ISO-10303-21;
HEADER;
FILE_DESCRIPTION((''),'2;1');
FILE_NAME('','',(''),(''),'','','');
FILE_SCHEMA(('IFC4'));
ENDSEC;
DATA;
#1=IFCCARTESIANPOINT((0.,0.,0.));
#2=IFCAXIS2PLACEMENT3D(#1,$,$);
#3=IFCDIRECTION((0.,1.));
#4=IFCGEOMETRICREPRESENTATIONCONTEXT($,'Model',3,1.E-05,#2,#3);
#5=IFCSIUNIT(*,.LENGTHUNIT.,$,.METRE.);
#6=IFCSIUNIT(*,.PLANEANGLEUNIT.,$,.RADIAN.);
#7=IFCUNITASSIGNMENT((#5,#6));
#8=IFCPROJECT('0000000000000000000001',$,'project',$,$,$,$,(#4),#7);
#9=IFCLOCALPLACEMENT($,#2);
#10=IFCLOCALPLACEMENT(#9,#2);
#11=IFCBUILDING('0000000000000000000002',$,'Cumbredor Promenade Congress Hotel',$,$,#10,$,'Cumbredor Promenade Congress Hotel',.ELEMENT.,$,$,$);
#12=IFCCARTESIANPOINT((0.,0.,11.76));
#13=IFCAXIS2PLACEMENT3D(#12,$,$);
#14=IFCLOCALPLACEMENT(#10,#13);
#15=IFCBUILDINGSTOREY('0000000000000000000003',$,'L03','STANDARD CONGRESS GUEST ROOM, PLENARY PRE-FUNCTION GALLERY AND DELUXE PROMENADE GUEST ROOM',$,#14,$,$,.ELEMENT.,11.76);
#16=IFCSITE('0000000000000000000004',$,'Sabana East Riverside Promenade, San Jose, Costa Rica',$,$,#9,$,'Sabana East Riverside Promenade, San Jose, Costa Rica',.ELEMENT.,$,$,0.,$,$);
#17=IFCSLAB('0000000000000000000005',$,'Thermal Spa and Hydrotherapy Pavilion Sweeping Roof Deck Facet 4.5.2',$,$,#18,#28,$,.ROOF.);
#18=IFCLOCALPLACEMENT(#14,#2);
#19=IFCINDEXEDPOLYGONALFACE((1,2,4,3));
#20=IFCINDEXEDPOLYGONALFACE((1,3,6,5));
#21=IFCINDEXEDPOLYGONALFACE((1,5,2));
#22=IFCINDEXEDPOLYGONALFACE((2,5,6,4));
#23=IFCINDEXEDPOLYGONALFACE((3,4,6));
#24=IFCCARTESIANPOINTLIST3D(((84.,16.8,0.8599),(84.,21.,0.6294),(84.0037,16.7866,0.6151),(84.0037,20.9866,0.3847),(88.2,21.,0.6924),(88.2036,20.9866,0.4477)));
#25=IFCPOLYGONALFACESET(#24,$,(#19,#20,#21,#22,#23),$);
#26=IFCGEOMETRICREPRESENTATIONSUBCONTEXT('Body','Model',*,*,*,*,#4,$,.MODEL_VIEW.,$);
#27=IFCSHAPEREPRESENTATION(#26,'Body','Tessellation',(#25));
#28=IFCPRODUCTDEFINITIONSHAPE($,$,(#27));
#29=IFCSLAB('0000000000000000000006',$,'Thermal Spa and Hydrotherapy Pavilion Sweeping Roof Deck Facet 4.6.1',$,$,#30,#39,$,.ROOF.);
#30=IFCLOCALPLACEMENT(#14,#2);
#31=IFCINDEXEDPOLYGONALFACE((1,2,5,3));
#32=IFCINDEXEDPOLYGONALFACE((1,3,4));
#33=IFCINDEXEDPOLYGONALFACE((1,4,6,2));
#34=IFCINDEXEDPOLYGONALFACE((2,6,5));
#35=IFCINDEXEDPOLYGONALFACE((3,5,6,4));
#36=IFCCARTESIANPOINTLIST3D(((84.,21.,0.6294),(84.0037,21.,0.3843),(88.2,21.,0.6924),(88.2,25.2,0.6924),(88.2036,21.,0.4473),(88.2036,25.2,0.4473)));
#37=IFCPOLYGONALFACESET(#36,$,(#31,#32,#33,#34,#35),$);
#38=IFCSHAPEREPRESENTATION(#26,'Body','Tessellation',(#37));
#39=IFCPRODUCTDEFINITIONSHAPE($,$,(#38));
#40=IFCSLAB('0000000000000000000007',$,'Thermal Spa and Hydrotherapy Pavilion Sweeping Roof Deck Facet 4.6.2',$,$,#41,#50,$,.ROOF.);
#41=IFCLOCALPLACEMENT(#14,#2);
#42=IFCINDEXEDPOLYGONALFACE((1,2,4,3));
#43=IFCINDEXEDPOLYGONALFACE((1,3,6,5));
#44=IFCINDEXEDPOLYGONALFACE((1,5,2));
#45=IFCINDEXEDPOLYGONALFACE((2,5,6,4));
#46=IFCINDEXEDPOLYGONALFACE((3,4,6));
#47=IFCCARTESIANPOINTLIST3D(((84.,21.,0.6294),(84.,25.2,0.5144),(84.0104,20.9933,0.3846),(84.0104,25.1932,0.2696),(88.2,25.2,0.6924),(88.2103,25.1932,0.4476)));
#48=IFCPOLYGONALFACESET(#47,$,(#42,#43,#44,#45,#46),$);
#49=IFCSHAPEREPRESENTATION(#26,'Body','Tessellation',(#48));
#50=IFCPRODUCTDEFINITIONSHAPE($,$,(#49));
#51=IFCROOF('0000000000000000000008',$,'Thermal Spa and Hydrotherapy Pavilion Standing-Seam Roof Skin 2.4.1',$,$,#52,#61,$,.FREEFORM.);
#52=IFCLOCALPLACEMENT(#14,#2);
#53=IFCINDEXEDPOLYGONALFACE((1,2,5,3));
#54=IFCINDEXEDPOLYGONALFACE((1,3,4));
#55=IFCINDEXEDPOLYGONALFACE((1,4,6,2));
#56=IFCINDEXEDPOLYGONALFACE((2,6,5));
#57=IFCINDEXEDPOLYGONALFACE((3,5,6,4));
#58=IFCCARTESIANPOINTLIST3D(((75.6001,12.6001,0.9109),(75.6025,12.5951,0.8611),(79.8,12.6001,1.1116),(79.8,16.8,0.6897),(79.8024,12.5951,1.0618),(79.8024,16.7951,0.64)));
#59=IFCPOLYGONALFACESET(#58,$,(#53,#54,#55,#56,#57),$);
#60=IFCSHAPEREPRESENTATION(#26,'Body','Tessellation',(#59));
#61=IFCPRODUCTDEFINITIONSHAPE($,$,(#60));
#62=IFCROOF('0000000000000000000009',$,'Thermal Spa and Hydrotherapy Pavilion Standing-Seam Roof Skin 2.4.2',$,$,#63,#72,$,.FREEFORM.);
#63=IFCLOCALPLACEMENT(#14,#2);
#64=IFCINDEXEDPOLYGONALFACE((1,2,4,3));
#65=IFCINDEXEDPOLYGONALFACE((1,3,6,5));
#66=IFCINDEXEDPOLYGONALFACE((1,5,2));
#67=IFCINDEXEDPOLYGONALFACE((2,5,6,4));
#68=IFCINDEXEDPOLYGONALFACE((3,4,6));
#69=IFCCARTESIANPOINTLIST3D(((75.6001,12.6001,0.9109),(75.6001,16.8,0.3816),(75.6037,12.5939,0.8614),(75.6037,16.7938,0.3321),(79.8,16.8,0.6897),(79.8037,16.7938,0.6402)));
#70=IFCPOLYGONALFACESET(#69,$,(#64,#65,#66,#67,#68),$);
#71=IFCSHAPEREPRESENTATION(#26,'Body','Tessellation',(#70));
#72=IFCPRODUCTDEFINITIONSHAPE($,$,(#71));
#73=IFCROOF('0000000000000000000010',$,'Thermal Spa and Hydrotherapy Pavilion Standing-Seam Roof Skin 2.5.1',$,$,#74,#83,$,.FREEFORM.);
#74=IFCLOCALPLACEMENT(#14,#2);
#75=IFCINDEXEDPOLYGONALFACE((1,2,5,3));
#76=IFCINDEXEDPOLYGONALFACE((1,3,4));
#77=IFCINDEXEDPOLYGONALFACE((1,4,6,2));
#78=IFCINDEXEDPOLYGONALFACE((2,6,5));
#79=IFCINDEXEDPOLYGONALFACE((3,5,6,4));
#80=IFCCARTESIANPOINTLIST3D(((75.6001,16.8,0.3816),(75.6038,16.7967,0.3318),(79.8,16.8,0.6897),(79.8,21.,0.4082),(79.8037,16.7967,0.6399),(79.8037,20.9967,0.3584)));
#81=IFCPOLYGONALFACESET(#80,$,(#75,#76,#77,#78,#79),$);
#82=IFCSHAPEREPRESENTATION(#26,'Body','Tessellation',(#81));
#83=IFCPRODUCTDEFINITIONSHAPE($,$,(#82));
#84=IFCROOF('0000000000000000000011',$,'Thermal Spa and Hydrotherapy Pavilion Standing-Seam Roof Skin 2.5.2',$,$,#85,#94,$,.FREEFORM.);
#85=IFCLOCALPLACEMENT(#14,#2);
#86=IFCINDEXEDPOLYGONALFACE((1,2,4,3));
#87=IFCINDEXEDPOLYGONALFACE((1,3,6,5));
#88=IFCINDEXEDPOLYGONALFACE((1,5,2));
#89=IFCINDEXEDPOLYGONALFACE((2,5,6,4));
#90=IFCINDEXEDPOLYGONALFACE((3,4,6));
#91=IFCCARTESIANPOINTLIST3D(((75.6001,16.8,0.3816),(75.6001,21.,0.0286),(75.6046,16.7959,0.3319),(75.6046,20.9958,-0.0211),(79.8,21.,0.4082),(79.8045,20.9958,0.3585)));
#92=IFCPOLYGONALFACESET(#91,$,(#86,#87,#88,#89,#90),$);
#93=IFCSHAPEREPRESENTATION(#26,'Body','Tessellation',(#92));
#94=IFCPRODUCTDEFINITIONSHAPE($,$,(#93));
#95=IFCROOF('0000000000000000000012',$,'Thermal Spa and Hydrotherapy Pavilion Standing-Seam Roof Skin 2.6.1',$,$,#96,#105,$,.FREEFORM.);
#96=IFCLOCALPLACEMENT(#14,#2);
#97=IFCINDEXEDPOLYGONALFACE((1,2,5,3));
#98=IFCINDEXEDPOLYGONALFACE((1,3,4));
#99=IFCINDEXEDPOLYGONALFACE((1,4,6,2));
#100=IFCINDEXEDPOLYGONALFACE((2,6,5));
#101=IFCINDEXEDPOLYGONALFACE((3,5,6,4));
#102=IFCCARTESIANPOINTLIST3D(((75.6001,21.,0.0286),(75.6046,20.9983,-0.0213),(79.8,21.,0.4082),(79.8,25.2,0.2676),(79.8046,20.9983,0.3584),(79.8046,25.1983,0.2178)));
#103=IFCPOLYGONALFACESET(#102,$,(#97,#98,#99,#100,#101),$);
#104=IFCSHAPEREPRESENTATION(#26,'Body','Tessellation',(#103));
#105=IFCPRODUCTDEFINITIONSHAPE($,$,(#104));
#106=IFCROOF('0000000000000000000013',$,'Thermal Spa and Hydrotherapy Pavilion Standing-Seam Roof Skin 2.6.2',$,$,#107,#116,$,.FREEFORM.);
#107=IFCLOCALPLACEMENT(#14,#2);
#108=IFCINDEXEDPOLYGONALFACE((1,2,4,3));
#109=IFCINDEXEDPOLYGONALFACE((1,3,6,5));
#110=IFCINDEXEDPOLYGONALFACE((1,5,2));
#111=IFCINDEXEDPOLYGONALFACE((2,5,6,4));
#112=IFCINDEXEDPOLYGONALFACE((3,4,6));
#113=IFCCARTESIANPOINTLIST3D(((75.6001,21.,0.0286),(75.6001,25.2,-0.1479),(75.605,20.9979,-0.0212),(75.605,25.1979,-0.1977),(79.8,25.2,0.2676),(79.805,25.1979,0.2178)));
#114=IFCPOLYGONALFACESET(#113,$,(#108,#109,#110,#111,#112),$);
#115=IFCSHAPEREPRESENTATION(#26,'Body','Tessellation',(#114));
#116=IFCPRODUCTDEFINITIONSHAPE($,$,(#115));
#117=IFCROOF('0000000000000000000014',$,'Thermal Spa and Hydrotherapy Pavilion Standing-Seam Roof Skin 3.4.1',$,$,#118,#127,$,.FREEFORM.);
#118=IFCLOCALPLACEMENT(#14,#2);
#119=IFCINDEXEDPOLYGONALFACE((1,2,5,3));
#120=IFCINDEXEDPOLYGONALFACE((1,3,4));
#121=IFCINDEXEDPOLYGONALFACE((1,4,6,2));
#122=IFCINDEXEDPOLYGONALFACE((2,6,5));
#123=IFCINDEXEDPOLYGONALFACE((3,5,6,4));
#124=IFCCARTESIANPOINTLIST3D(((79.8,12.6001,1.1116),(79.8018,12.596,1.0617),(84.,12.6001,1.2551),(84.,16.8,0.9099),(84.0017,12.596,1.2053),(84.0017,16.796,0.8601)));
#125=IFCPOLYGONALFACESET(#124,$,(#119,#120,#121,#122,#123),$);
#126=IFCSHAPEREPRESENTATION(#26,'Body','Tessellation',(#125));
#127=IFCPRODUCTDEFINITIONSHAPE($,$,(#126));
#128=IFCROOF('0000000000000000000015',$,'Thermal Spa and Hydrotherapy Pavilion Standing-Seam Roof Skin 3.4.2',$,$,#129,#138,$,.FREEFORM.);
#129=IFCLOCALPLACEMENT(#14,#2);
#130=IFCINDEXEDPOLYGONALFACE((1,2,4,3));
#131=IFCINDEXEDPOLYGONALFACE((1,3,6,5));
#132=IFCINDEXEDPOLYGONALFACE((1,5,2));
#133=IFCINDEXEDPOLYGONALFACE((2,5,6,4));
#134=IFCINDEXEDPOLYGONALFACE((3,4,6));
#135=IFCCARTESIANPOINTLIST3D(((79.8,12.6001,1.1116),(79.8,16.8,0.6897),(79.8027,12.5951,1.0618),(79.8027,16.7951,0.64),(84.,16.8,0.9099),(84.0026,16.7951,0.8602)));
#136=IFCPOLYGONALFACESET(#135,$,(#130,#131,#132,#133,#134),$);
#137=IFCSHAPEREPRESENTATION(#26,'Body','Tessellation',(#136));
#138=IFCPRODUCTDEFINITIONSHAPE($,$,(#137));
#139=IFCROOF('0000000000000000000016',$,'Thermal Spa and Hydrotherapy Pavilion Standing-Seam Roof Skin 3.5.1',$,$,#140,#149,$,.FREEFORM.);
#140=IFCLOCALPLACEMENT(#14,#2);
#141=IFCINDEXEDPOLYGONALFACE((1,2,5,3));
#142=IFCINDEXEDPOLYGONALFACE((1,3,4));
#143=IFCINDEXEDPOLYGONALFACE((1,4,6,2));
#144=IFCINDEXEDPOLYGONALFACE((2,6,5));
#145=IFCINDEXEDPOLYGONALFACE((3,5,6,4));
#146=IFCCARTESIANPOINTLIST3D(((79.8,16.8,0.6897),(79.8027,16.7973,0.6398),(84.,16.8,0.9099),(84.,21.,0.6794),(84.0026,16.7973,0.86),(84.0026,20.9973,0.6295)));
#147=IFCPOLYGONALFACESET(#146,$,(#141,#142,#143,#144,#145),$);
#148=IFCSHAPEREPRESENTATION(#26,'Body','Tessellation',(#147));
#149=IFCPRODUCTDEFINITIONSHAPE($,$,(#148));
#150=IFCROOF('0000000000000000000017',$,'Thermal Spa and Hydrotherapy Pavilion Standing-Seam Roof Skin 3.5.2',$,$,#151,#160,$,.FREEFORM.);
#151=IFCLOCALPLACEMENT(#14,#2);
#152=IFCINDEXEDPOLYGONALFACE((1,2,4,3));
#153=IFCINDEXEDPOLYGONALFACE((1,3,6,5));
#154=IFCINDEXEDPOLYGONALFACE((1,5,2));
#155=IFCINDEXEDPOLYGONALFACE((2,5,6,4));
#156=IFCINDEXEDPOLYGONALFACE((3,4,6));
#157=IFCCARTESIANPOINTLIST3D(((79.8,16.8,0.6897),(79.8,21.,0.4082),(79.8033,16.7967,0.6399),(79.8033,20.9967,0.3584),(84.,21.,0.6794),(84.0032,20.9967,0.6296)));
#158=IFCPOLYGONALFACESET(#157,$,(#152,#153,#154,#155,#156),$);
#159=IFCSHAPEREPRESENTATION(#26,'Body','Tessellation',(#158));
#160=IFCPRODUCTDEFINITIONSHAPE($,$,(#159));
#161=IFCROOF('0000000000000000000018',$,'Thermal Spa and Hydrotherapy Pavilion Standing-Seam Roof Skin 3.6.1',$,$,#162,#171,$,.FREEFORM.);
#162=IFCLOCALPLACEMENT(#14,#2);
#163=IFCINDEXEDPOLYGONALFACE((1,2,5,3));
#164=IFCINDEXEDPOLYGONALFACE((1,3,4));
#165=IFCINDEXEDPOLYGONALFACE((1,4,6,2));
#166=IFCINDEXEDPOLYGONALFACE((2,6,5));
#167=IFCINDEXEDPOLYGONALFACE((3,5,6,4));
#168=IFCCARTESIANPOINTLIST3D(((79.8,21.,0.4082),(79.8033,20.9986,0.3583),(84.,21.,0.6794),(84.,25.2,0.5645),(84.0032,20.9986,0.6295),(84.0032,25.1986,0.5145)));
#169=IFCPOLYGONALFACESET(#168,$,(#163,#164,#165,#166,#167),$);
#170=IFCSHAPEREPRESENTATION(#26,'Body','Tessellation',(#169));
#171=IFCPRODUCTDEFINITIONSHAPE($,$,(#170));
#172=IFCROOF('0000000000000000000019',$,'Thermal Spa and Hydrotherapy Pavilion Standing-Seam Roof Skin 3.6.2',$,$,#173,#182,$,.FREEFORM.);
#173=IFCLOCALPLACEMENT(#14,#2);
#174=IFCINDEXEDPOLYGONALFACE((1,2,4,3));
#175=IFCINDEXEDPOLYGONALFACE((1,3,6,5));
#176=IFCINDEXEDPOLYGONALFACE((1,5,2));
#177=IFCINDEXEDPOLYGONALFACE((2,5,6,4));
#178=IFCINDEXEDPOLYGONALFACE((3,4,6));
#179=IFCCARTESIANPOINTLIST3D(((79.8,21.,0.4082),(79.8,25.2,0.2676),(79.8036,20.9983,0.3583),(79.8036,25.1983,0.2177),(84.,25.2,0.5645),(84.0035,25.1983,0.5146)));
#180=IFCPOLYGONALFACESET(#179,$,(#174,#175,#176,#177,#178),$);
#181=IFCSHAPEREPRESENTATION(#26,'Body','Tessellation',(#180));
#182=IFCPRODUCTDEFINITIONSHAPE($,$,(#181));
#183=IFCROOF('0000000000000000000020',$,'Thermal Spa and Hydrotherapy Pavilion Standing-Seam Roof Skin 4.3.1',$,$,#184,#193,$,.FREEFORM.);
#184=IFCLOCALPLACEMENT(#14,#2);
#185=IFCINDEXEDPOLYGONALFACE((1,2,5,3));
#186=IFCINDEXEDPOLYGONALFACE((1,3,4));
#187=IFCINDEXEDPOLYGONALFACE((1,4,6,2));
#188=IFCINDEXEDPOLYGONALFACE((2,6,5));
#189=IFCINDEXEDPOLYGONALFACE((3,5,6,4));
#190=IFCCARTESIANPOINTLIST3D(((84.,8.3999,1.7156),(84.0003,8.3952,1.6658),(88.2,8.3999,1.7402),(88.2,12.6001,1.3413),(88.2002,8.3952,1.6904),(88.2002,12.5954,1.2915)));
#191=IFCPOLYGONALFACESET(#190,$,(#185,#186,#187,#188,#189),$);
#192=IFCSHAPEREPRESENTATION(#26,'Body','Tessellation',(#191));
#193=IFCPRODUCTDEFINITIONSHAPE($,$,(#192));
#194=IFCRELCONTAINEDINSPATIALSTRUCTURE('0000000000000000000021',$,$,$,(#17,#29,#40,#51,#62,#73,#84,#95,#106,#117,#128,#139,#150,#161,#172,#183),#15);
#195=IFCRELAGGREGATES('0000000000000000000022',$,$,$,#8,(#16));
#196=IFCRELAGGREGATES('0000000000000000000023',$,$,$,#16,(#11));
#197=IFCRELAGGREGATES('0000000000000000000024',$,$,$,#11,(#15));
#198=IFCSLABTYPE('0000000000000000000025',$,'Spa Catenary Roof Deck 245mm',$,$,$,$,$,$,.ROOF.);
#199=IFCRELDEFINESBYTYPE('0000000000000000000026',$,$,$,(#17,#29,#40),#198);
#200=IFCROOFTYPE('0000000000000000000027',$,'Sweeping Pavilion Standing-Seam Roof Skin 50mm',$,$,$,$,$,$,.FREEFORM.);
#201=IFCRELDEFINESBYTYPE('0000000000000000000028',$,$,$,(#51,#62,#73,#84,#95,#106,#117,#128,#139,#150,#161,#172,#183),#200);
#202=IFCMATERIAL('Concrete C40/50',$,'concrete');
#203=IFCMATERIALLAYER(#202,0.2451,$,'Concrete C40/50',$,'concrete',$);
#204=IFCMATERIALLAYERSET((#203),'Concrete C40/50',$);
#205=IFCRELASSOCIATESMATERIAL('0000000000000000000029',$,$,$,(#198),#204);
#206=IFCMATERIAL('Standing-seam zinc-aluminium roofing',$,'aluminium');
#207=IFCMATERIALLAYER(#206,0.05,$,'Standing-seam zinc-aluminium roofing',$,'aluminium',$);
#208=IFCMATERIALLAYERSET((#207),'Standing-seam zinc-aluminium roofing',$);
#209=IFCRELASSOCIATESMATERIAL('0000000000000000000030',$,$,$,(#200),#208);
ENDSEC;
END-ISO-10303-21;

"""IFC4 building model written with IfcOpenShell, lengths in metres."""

from ifc_helpers import new_model, si_unit, direction, frame, origin, place, context, subcontext, project, spatial, polyline, outline, extrude, material, layer, layer_set, type_object, element, save


model = new_model("IFC4")

# Units and contexts
model_context = context("Model", 3, precision=1e-05, world=origin(), true_north=direction((0.0, 1.0)))
body_context = subcontext(model_context, "Body", "Model", "MODEL_VIEW")
ifc_project = project(units=[si_unit("LENGTHUNIT", "METRE"), si_unit("PLANEANGLEUNIT", "RADIAN")], contexts=[model_context])

# Site, building, storey
site_placement = place(None, origin())
site = spatial("IfcSite", under=ifc_project, at=site_placement, Name="Sabana East Riverside Promenade, San Jose, Costa Rica", LongName="Sabana East Riverside Promenade, San Jose, Costa Rica", CompositionType="ELEMENT", RefElevation=0.0)
building_placement = place(site_placement, origin())
building = spatial("IfcBuilding", under=site, at=building_placement, Name="Cumbredor Promenade Congress Hotel", LongName="Cumbredor Promenade Congress Hotel", CompositionType="ELEMENT")
storey_placement = place(building_placement, frame((0.0, 0.0, 11.76)))
storey = spatial("IfcBuildingStorey", under=building, at=storey_placement, Name="L03", Description="STANDARD CONGRESS GUEST ROOM, PLENARY PRE-FUNCTION GALLERY AND DELUXE PROMENADE GUEST ROOM", CompositionType="ELEMENT", Elevation=11.76)

# Slabs
ifc_material_1 = material(Name="Concrete C40/50", Category="concrete")
ifc_layer_1 = layer(ifc_material_1, 0.2451, Name="Concrete C40/50", Category="concrete")
ifc_layer_set_1 = layer_set([ifc_layer_1], Name="Concrete C40/50")
slab_type = type_object("IfcSlabType", Name="Spa Catenary Roof Deck 245mm", PredefinedType="ROOF", material=ifc_layer_set_1)
slab_1_placement = place(storey_placement, frame((84.0, 16.8, 0.8599), z_axis=(-0.014973, 0.054786, 0.998386), x_axis=(0.706826, 0.706826, -0.028186)))
element("IfcSlab", 1, at=slab_1_placement, inside=storey, type_object=slab_type, Name="Thermal Spa and Hydrotherapy Pavilion Sweeping Roof Deck Facet 4.5.2", PredefinedType="ROOF", context=body_context, shape_type="SweptSolid", body=[
    extrude(outline(polyline([(0.0, 0.0), (5.942, 0.0), (2.9751, 2.9734), (0.0, 0.0)])), origin(), (0.0, 0.0, -1.0), 0.2451),
])
slab_2_placement = place(storey_placement, frame((84.0, 21.0, 0.6294), z_axis=(-0.014996, 0.0, 0.999888), x_axis=(0.999888, 0.0, 0.014996)))
element("IfcSlab", 2, at=slab_2_placement, inside=storey, type_object=slab_type, Name="Thermal Spa and Hydrotherapy Pavilion Sweeping Roof Deck Facet 4.6.1", PredefinedType="ROOF", context=body_context, shape_type="SweptSolid", body=[
    extrude(outline(polyline([(0.0, 0.0), (4.2004, 0.0), (4.2004, 4.2), (0.0, 0.0)])), origin(), (0.0, 0.0, -1.0), 0.2451),
])
slab_3_placement = place(storey_placement, frame((84.0, 21.0, 0.6294), z_axis=(-0.042323, 0.027344, 0.99873), x_axis=(0.707067, 0.707067, 0.010604)))
element("IfcSlab", 3, at=slab_3_placement, inside=storey, type_object=slab_type, Name="Thermal Spa and Hydrotherapy Pavilion Sweeping Roof Deck Facet 4.6.2", PredefinedType="ROOF", context=body_context, shape_type="SweptSolid", body=[
    extrude(outline(polyline([(0.0, 0.0), (5.94, 0.0), (2.9684, 2.9734), (0.0, 0.0)])), origin(), (0.0, 0.0, -1.0), 0.2451),
])

# Roofs
ifc_material_2 = material(Name="Standing-seam zinc-aluminium roofing", Category="aluminium")
ifc_layer_2 = layer(ifc_material_2, 0.05, Name="Standing-seam zinc-aluminium roofing", Category="aluminium")
ifc_layer_set_2 = layer_set([ifc_layer_2], Name="Standing-seam zinc-aluminium roofing")
roof_type = type_object("IfcRoofType", Name="Sweeping Pavilion Standing-Seam Roof Skin 50mm", PredefinedType="FREEFORM", material=ifc_layer_set_2)
roof_1_placement = place(storey_placement, frame((75.6001, 12.6001, 0.9109), z_axis=(-0.047489, 0.099832, 0.99387), x_axis=(0.99886, 0.0, 0.047728)))
element("IfcRoof", 4, at=roof_1_placement, inside=storey, type_object=roof_type, Name="Thermal Spa and Hydrotherapy Pavilion Standing-Seam Roof Skin 2.4.1", PredefinedType="FREEFORM", context=body_context, shape_type="SweptSolid", body=[
    extrude(outline(polyline([(0.0, 0.0), (4.2047, 0.0), (4.1846, 4.221), (0.0, 0.0)])), origin(), (0.0, 0.0, -1.0), 0.05),
])
roof_2_placement = place(storey_placement, frame((75.6001, 12.6001, 0.9109), z_axis=(-0.072592, 0.124706, 0.989535), x_axis=(0.706617, 0.706617, -0.037214)))
element("IfcRoof", 5, at=roof_2_placement, inside=storey, type_object=roof_type, Name="Thermal Spa and Hydrotherapy Pavilion Standing-Seam Roof Skin 2.4.2", PredefinedType="FREEFORM", context=body_context, shape_type="SweptSolid", body=[
    extrude(outline(polyline([(0.0, 0.0), (5.9437, 0.0), (2.9875, 2.9991), (0.0, 0.0)])), origin(), (0.0, 0.0, -1.0), 0.05),
])
roof_3_placement = place(storey_placement, frame((75.6001, 16.8, 0.3816), z_axis=(-0.073, 0.066695, 0.995099), x_axis=(0.99732, 0.0, 0.073163)))
element("IfcRoof", 6, at=roof_3_placement, inside=storey, type_object=roof_type, Name="Thermal Spa and Hydrotherapy Pavilion Standing-Seam Roof Skin 2.5.1", PredefinedType="FREEFORM", context=body_context, shape_type="SweptSolid", body=[
    extrude(outline(polyline([(0.0, 0.0), (4.2112, 0.0), (4.1906, 4.2093), (0.0, 0.0)])), origin(), (0.0, 0.0, -1.0), 0.05),
])
roof_4_placement = place(storey_placement, frame((75.6001, 16.8, 0.3816), z_axis=(-0.08971, 0.083422, 0.992468), x_axis=(0.7071, 0.7071, 0.00448)))
element("IfcRoof", 7, at=roof_4_placement, inside=storey, type_object=roof_type, Name="Thermal Spa and Hydrotherapy Pavilion Standing-Seam Roof Skin 2.5.2", PredefinedType="FREEFORM", context=body_context, shape_type="SweptSolid", body=[
    extrude(outline(polyline([(0.0, 0.0), (5.9397, 0.0), (2.9682, 2.9923), (0.0, 0.0)])), origin(), (0.0, 0.0, -1.0), 0.05),
])
roof_5_placement = place(storey_placement, frame((75.6001, 21.0, 0.0286), z_axis=(-0.089974, 0.033328, 0.995386), x_axis=(0.99594, 0.0, 0.090024)))
element("IfcRoof", 8, at=roof_5_placement, inside=storey, type_object=roof_type, Name="Thermal Spa and Hydrotherapy Pavilion Standing-Seam Roof Skin 2.6.1", PredefinedType="FREEFORM", context=body_context, shape_type="SweptSolid", body=[
    extrude(outline(polyline([(0.0, 0.0), (4.2171, 0.0), (4.2044, 4.2023), (0.0, 0.0)])), origin(), (0.0, 0.0, -1.0), 0.05),
])
roof_6_placement = place(storey_placement, frame((75.6001, 21.0, 0.0286), z_axis=(-0.09837, 0.041787, 0.994272), x_axis=(0.706535, 0.706535, 0.040208)))
element("IfcRoof", 9, at=roof_6_placement, inside=storey, type_object=roof_type, Name="Thermal Spa and Hydrotherapy Pavilion Standing-Seam Roof Skin 2.6.2", PredefinedType="FREEFORM", context=body_context, shape_type="SweptSolid", body=[
    extrude(outline(polyline([(0.0, 0.0), (5.9444, 0.0), (2.9603, 2.9845), (0.0, 0.0)])), origin(), (0.0, 0.0, -1.0), 0.05),
])
roof_7_placement = place(storey_placement, frame((79.8, 12.6001, 1.1116), z_axis=(-0.034045, 0.081871, 0.996061), x_axis=(0.999416, 0.0, 0.03416)))
element("IfcRoof", 10, at=roof_7_placement, inside=storey, type_object=roof_type, Name="Thermal Spa and Hydrotherapy Pavilion Standing-Seam Roof Skin 3.4.1", PredefinedType="FREEFORM", context=body_context, shape_type="SweptSolid", body=[
    extrude(outline(polyline([(0.0, 0.0), (4.2024, 0.0), (4.1906, 4.2141), (0.0, 0.0)])), origin(), (0.0, 0.0, -1.0), 0.05),
])
roof_8_placement = place(storey_placement, frame((79.8, 12.6001, 1.1116), z_axis=(-0.052099, 0.099809, 0.993642), x_axis=(0.7067, 0.7067, -0.033932)))
element("IfcRoof", 11, at=roof_8_placement, inside=storey, type_object=roof_type, Name="Thermal Spa and Hydrotherapy Pavilion Standing-Seam Roof Skin 3.4.2", PredefinedType="FREEFORM", context=body_context, shape_type="SweptSolid", body=[
    extrude(outline(polyline([(0.0, 0.0), (5.9431, 0.0), (2.9824, 2.9871), (0.0, 0.0)])), origin(), (0.0, 0.0, -1.0), 0.05),
])
roof_9_placement = place(storey_placement, frame((79.8, 16.8, 0.6897), z_axis=(-0.052282, 0.054717, 0.997132), x_axis=(0.998628, 0.0, 0.052361)))
element("IfcRoof", 12, at=roof_9_placement, inside=storey, type_object=roof_type, Name="Thermal Spa and Hydrotherapy Pavilion Standing-Seam Roof Skin 3.5.1", PredefinedType="FREEFORM", context=body_context, shape_type="SweptSolid", body=[
    extrude(outline(polyline([(0.0, 0.0), (4.2057, 0.0), (4.1937, 4.2063), (0.0, 0.0)])), origin(), (0.0, 0.0, -1.0), 0.05),
])
roof_10_placement = place(storey_placement, frame((79.8, 16.8, 0.6897), z_axis=(-0.064304, 0.066735, 0.995696), x_axis=(0.707106, 0.707106, -0.001726)))
element("IfcRoof", 13, at=roof_10_placement, inside=storey, type_object=roof_type, Name="Thermal Spa and Hydrotherapy Pavilion Standing-Seam Roof Skin 3.5.2", PredefinedType="FREEFORM", context=body_context, shape_type="SweptSolid", body=[
    extrude(outline(polyline([(0.0, 0.0), (5.9396, 0.0), (2.9703, 2.9826), (0.0, 0.0)])), origin(), (0.0, 0.0, -1.0), 0.05),
])
roof_11_placement = place(storey_placement, frame((79.8, 21.0, 0.4082), z_axis=(-0.064423, 0.027312, 0.997549), x_axis=(0.997921, 0.0, 0.064447)))
element("IfcRoof", 14, at=roof_11_placement, inside=storey, type_object=roof_type, Name="Thermal Spa and Hydrotherapy Pavilion Standing-Seam Roof Skin 3.6.1", PredefinedType="FREEFORM", context=body_context, shape_type="SweptSolid", body=[
    extrude(outline(polyline([(0.0, 0.0), (4.2087, 0.0), (4.2013, 4.2015), (0.0, 0.0)])), origin(), (0.0, 0.0, -1.0), 0.05),
])
roof_12_placement = place(storey_placement, frame((79.8, 21.0, 0.4082), z_axis=(-0.07047, 0.033381, 0.996955), x_axis=(0.706862, 0.706862, 0.026297)))
element("IfcRoof", 15, at=roof_12_placement, inside=storey, type_object=roof_type, Name="Thermal Spa and Hydrotherapy Pavilion Standing-Seam Roof Skin 3.6.2", PredefinedType="FREEFORM", context=body_context, shape_type="SweptSolid", body=[
    extrude(outline(polyline([(0.0, 0.0), (5.9417, 0.0), (2.9651, 2.9779), (0.0, 0.0)])), origin(), (0.0, 0.0, -1.0), 0.05),
])
roof_13_placement = place(storey_placement, frame((84.0, 8.3999, 1.7156), z_axis=(-0.005845, 0.094551, 0.995503), x_axis=(0.999983, 0.0, 0.005871)))
element("IfcRoof", 16, at=roof_13_placement, inside=storey, type_object=roof_type, Name="Thermal Spa and Hydrotherapy Pavilion Standing-Seam Roof Skin 4.3.1", PredefinedType="FREEFORM", context=body_context, shape_type="SweptSolid", body=[
    extrude(outline(polyline([(0.0, 0.0), (4.2, 0.0), (4.1977, 4.2191), (0.0, 0.0)])), origin(), (0.0, 0.0, -1.0), 0.05),
])

save(model, "model.ifc")
